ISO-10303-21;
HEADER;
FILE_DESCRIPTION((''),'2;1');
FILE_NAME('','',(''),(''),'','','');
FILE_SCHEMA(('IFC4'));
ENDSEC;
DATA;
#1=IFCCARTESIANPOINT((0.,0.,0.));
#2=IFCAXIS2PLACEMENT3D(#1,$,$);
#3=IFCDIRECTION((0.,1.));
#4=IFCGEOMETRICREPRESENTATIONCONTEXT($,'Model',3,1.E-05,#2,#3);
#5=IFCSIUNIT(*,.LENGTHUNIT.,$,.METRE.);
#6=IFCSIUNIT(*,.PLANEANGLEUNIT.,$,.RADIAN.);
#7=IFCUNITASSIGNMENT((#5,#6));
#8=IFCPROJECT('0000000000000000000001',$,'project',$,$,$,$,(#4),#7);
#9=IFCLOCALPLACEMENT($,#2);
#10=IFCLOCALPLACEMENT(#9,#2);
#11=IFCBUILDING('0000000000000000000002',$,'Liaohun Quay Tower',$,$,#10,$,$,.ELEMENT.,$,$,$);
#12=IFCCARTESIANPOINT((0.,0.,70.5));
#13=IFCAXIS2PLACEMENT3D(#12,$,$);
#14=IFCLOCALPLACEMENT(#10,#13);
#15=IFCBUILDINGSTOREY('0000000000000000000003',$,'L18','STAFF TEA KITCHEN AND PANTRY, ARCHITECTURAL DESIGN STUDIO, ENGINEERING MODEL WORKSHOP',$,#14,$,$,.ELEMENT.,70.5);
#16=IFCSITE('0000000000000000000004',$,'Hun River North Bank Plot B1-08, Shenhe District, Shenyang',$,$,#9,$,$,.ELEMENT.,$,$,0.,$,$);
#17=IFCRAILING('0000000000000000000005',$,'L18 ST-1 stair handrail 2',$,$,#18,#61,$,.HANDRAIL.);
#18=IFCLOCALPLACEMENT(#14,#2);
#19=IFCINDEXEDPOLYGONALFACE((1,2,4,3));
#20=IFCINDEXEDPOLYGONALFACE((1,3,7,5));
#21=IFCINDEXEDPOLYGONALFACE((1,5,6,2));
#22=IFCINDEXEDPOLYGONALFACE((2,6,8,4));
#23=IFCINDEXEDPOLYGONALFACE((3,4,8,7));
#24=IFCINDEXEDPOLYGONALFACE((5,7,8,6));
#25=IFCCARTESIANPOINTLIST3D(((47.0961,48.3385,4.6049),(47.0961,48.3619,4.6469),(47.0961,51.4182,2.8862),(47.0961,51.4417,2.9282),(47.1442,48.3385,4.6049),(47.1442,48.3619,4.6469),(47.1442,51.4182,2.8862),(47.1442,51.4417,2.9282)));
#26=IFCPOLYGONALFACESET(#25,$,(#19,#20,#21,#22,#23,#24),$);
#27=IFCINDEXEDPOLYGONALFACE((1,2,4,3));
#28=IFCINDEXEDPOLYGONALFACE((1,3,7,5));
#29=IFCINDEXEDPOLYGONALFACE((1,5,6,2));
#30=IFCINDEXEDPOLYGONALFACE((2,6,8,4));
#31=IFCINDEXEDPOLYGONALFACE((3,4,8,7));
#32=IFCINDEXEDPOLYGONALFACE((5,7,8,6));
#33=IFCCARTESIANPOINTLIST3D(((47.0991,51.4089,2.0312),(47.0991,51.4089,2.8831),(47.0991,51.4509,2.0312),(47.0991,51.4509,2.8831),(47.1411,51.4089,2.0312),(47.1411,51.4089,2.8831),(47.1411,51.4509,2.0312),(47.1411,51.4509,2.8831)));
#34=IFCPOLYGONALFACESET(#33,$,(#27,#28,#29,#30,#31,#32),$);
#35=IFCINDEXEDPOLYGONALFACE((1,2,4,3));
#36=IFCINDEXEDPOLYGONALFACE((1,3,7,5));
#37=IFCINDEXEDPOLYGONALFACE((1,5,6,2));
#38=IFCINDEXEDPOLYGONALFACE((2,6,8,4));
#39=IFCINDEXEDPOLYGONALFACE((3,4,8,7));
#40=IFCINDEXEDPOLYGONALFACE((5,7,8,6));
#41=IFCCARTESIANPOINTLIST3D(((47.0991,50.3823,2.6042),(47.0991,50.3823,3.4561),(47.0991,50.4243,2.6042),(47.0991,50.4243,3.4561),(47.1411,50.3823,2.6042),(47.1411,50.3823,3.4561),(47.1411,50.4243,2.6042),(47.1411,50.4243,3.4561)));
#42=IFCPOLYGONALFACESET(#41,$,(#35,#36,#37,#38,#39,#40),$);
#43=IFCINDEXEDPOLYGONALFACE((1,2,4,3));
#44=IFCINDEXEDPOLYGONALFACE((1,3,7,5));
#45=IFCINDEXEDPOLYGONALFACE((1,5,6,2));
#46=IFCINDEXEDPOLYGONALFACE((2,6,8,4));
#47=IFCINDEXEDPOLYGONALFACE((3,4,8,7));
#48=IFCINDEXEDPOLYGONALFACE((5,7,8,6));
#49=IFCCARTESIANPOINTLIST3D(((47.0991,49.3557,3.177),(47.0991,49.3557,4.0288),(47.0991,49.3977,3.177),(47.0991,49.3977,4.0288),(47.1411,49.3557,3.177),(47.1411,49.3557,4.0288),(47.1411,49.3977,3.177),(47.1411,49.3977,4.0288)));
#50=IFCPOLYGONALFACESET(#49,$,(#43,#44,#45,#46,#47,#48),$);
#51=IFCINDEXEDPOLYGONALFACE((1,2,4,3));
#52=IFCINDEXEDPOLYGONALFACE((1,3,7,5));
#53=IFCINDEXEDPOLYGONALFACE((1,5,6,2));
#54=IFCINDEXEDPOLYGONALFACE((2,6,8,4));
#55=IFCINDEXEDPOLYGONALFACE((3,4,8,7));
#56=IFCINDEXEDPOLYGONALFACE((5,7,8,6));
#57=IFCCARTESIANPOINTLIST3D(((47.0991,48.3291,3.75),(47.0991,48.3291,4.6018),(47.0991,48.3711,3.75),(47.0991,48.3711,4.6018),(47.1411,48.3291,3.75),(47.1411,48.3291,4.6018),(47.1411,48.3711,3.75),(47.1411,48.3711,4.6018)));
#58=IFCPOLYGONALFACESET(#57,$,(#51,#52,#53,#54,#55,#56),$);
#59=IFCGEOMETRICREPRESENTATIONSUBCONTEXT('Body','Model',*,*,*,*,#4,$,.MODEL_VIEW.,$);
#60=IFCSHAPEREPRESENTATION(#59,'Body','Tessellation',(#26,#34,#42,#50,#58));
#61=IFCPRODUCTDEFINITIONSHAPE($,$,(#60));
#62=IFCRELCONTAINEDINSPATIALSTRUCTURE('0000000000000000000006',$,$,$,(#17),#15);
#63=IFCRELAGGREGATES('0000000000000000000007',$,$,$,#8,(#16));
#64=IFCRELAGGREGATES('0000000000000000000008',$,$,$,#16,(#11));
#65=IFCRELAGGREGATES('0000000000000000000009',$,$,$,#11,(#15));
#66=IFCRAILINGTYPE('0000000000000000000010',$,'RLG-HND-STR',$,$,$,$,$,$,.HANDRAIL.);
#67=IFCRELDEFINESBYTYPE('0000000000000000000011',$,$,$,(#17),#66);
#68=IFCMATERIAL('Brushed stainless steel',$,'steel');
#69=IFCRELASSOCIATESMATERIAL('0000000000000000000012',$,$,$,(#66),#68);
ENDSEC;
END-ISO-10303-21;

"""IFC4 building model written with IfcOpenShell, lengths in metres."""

from ifc_helpers import new_model, si_unit, direction, frame, origin, origin_2d, place, context, subcontext, project, spatial, rectangle, extrude, material, type_object, element, save


model = new_model("IFC4")

# Units and contexts
model_context = context("Model", 3, precision=1e-05, world=origin(), true_north=direction((0.0, 1.0)))
body_context = subcontext(model_context, "Body", "Model", "MODEL_VIEW")
ifc_project = project(units=[si_unit("LENGTHUNIT", "METRE"), si_unit("PLANEANGLEUNIT", "RADIAN")], contexts=[model_context])

# Site, building, storey
site_placement = place(None, origin())
site = spatial("IfcSite", under=ifc_project, at=site_placement, Name="Hun River North Bank Plot B1-08, Shenhe District, Shenyang", CompositionType="ELEMENT", RefElevation=0.0)
building_placement = place(site_placement, origin())
building = spatial("IfcBuilding", under=site, at=building_placement, Name="Liaohun Quay Tower", CompositionType="ELEMENT")
storey_placement = place(building_placement, frame((0.0, 0.0, 70.5)))
storey = spatial("IfcBuildingStorey", under=building, at=storey_placement, Name="L18", Description="STAFF TEA KITCHEN AND PANTRY, ARCHITECTURAL DESIGN STUDIO, ENGINEERING MODEL WORKSHOP", CompositionType="ELEMENT", Elevation=70.5)

# Railing
ifc_material_1 = material(Name="Brushed stainless steel", Category="steel")
railing_type_1 = type_object("IfcRailingType", Name="RLG-HND-STR", PredefinedType="HANDRAIL", material=ifc_material_1)
railing_1_placement = place(storey_placement, frame((47.1201, 51.4299, 2.0312)))
element("IfcRailing", 1, at=railing_1_placement, inside=storey, type_object=railing_type_1, Name="L18 ST-1 stair handrail 2", PredefinedType="HANDRAIL", context=body_context, shape_type="SweptSolid", body=[
    extrude(rectangle(XDim=0.0481, YDim=0.0481, at=origin_2d()), frame((0.0, 0.0, 0.876), z_axis=(0.0, -0.873225, 0.487317), x_axis=(1.0, 0.0, 0.0)), (0.0, 0.0, 1.0), 3.5269),
    extrude(rectangle(XDim=0.042, YDim=0.042, at=origin_2d()), origin(), (0.0, 0.0, 1.0), 0.8518),
    extrude(rectangle(XDim=0.042, YDim=0.042, at=origin_2d()), frame((0.0, -1.0266, 0.573)), (0.0, 0.0, 1.0), 0.8518),
    extrude(rectangle(XDim=0.042, YDim=0.042, at=origin_2d()), frame((0.0, -2.0532, 1.1458)), (0.0, 0.0, 1.0), 0.8518),
    extrude(rectangle(XDim=0.042, YDim=0.042, at=origin_2d()), frame((0.0, -3.0798, 1.7188)), (0.0, 0.0, 1.0), 0.8518),
])

save(model, "model.ifc")
